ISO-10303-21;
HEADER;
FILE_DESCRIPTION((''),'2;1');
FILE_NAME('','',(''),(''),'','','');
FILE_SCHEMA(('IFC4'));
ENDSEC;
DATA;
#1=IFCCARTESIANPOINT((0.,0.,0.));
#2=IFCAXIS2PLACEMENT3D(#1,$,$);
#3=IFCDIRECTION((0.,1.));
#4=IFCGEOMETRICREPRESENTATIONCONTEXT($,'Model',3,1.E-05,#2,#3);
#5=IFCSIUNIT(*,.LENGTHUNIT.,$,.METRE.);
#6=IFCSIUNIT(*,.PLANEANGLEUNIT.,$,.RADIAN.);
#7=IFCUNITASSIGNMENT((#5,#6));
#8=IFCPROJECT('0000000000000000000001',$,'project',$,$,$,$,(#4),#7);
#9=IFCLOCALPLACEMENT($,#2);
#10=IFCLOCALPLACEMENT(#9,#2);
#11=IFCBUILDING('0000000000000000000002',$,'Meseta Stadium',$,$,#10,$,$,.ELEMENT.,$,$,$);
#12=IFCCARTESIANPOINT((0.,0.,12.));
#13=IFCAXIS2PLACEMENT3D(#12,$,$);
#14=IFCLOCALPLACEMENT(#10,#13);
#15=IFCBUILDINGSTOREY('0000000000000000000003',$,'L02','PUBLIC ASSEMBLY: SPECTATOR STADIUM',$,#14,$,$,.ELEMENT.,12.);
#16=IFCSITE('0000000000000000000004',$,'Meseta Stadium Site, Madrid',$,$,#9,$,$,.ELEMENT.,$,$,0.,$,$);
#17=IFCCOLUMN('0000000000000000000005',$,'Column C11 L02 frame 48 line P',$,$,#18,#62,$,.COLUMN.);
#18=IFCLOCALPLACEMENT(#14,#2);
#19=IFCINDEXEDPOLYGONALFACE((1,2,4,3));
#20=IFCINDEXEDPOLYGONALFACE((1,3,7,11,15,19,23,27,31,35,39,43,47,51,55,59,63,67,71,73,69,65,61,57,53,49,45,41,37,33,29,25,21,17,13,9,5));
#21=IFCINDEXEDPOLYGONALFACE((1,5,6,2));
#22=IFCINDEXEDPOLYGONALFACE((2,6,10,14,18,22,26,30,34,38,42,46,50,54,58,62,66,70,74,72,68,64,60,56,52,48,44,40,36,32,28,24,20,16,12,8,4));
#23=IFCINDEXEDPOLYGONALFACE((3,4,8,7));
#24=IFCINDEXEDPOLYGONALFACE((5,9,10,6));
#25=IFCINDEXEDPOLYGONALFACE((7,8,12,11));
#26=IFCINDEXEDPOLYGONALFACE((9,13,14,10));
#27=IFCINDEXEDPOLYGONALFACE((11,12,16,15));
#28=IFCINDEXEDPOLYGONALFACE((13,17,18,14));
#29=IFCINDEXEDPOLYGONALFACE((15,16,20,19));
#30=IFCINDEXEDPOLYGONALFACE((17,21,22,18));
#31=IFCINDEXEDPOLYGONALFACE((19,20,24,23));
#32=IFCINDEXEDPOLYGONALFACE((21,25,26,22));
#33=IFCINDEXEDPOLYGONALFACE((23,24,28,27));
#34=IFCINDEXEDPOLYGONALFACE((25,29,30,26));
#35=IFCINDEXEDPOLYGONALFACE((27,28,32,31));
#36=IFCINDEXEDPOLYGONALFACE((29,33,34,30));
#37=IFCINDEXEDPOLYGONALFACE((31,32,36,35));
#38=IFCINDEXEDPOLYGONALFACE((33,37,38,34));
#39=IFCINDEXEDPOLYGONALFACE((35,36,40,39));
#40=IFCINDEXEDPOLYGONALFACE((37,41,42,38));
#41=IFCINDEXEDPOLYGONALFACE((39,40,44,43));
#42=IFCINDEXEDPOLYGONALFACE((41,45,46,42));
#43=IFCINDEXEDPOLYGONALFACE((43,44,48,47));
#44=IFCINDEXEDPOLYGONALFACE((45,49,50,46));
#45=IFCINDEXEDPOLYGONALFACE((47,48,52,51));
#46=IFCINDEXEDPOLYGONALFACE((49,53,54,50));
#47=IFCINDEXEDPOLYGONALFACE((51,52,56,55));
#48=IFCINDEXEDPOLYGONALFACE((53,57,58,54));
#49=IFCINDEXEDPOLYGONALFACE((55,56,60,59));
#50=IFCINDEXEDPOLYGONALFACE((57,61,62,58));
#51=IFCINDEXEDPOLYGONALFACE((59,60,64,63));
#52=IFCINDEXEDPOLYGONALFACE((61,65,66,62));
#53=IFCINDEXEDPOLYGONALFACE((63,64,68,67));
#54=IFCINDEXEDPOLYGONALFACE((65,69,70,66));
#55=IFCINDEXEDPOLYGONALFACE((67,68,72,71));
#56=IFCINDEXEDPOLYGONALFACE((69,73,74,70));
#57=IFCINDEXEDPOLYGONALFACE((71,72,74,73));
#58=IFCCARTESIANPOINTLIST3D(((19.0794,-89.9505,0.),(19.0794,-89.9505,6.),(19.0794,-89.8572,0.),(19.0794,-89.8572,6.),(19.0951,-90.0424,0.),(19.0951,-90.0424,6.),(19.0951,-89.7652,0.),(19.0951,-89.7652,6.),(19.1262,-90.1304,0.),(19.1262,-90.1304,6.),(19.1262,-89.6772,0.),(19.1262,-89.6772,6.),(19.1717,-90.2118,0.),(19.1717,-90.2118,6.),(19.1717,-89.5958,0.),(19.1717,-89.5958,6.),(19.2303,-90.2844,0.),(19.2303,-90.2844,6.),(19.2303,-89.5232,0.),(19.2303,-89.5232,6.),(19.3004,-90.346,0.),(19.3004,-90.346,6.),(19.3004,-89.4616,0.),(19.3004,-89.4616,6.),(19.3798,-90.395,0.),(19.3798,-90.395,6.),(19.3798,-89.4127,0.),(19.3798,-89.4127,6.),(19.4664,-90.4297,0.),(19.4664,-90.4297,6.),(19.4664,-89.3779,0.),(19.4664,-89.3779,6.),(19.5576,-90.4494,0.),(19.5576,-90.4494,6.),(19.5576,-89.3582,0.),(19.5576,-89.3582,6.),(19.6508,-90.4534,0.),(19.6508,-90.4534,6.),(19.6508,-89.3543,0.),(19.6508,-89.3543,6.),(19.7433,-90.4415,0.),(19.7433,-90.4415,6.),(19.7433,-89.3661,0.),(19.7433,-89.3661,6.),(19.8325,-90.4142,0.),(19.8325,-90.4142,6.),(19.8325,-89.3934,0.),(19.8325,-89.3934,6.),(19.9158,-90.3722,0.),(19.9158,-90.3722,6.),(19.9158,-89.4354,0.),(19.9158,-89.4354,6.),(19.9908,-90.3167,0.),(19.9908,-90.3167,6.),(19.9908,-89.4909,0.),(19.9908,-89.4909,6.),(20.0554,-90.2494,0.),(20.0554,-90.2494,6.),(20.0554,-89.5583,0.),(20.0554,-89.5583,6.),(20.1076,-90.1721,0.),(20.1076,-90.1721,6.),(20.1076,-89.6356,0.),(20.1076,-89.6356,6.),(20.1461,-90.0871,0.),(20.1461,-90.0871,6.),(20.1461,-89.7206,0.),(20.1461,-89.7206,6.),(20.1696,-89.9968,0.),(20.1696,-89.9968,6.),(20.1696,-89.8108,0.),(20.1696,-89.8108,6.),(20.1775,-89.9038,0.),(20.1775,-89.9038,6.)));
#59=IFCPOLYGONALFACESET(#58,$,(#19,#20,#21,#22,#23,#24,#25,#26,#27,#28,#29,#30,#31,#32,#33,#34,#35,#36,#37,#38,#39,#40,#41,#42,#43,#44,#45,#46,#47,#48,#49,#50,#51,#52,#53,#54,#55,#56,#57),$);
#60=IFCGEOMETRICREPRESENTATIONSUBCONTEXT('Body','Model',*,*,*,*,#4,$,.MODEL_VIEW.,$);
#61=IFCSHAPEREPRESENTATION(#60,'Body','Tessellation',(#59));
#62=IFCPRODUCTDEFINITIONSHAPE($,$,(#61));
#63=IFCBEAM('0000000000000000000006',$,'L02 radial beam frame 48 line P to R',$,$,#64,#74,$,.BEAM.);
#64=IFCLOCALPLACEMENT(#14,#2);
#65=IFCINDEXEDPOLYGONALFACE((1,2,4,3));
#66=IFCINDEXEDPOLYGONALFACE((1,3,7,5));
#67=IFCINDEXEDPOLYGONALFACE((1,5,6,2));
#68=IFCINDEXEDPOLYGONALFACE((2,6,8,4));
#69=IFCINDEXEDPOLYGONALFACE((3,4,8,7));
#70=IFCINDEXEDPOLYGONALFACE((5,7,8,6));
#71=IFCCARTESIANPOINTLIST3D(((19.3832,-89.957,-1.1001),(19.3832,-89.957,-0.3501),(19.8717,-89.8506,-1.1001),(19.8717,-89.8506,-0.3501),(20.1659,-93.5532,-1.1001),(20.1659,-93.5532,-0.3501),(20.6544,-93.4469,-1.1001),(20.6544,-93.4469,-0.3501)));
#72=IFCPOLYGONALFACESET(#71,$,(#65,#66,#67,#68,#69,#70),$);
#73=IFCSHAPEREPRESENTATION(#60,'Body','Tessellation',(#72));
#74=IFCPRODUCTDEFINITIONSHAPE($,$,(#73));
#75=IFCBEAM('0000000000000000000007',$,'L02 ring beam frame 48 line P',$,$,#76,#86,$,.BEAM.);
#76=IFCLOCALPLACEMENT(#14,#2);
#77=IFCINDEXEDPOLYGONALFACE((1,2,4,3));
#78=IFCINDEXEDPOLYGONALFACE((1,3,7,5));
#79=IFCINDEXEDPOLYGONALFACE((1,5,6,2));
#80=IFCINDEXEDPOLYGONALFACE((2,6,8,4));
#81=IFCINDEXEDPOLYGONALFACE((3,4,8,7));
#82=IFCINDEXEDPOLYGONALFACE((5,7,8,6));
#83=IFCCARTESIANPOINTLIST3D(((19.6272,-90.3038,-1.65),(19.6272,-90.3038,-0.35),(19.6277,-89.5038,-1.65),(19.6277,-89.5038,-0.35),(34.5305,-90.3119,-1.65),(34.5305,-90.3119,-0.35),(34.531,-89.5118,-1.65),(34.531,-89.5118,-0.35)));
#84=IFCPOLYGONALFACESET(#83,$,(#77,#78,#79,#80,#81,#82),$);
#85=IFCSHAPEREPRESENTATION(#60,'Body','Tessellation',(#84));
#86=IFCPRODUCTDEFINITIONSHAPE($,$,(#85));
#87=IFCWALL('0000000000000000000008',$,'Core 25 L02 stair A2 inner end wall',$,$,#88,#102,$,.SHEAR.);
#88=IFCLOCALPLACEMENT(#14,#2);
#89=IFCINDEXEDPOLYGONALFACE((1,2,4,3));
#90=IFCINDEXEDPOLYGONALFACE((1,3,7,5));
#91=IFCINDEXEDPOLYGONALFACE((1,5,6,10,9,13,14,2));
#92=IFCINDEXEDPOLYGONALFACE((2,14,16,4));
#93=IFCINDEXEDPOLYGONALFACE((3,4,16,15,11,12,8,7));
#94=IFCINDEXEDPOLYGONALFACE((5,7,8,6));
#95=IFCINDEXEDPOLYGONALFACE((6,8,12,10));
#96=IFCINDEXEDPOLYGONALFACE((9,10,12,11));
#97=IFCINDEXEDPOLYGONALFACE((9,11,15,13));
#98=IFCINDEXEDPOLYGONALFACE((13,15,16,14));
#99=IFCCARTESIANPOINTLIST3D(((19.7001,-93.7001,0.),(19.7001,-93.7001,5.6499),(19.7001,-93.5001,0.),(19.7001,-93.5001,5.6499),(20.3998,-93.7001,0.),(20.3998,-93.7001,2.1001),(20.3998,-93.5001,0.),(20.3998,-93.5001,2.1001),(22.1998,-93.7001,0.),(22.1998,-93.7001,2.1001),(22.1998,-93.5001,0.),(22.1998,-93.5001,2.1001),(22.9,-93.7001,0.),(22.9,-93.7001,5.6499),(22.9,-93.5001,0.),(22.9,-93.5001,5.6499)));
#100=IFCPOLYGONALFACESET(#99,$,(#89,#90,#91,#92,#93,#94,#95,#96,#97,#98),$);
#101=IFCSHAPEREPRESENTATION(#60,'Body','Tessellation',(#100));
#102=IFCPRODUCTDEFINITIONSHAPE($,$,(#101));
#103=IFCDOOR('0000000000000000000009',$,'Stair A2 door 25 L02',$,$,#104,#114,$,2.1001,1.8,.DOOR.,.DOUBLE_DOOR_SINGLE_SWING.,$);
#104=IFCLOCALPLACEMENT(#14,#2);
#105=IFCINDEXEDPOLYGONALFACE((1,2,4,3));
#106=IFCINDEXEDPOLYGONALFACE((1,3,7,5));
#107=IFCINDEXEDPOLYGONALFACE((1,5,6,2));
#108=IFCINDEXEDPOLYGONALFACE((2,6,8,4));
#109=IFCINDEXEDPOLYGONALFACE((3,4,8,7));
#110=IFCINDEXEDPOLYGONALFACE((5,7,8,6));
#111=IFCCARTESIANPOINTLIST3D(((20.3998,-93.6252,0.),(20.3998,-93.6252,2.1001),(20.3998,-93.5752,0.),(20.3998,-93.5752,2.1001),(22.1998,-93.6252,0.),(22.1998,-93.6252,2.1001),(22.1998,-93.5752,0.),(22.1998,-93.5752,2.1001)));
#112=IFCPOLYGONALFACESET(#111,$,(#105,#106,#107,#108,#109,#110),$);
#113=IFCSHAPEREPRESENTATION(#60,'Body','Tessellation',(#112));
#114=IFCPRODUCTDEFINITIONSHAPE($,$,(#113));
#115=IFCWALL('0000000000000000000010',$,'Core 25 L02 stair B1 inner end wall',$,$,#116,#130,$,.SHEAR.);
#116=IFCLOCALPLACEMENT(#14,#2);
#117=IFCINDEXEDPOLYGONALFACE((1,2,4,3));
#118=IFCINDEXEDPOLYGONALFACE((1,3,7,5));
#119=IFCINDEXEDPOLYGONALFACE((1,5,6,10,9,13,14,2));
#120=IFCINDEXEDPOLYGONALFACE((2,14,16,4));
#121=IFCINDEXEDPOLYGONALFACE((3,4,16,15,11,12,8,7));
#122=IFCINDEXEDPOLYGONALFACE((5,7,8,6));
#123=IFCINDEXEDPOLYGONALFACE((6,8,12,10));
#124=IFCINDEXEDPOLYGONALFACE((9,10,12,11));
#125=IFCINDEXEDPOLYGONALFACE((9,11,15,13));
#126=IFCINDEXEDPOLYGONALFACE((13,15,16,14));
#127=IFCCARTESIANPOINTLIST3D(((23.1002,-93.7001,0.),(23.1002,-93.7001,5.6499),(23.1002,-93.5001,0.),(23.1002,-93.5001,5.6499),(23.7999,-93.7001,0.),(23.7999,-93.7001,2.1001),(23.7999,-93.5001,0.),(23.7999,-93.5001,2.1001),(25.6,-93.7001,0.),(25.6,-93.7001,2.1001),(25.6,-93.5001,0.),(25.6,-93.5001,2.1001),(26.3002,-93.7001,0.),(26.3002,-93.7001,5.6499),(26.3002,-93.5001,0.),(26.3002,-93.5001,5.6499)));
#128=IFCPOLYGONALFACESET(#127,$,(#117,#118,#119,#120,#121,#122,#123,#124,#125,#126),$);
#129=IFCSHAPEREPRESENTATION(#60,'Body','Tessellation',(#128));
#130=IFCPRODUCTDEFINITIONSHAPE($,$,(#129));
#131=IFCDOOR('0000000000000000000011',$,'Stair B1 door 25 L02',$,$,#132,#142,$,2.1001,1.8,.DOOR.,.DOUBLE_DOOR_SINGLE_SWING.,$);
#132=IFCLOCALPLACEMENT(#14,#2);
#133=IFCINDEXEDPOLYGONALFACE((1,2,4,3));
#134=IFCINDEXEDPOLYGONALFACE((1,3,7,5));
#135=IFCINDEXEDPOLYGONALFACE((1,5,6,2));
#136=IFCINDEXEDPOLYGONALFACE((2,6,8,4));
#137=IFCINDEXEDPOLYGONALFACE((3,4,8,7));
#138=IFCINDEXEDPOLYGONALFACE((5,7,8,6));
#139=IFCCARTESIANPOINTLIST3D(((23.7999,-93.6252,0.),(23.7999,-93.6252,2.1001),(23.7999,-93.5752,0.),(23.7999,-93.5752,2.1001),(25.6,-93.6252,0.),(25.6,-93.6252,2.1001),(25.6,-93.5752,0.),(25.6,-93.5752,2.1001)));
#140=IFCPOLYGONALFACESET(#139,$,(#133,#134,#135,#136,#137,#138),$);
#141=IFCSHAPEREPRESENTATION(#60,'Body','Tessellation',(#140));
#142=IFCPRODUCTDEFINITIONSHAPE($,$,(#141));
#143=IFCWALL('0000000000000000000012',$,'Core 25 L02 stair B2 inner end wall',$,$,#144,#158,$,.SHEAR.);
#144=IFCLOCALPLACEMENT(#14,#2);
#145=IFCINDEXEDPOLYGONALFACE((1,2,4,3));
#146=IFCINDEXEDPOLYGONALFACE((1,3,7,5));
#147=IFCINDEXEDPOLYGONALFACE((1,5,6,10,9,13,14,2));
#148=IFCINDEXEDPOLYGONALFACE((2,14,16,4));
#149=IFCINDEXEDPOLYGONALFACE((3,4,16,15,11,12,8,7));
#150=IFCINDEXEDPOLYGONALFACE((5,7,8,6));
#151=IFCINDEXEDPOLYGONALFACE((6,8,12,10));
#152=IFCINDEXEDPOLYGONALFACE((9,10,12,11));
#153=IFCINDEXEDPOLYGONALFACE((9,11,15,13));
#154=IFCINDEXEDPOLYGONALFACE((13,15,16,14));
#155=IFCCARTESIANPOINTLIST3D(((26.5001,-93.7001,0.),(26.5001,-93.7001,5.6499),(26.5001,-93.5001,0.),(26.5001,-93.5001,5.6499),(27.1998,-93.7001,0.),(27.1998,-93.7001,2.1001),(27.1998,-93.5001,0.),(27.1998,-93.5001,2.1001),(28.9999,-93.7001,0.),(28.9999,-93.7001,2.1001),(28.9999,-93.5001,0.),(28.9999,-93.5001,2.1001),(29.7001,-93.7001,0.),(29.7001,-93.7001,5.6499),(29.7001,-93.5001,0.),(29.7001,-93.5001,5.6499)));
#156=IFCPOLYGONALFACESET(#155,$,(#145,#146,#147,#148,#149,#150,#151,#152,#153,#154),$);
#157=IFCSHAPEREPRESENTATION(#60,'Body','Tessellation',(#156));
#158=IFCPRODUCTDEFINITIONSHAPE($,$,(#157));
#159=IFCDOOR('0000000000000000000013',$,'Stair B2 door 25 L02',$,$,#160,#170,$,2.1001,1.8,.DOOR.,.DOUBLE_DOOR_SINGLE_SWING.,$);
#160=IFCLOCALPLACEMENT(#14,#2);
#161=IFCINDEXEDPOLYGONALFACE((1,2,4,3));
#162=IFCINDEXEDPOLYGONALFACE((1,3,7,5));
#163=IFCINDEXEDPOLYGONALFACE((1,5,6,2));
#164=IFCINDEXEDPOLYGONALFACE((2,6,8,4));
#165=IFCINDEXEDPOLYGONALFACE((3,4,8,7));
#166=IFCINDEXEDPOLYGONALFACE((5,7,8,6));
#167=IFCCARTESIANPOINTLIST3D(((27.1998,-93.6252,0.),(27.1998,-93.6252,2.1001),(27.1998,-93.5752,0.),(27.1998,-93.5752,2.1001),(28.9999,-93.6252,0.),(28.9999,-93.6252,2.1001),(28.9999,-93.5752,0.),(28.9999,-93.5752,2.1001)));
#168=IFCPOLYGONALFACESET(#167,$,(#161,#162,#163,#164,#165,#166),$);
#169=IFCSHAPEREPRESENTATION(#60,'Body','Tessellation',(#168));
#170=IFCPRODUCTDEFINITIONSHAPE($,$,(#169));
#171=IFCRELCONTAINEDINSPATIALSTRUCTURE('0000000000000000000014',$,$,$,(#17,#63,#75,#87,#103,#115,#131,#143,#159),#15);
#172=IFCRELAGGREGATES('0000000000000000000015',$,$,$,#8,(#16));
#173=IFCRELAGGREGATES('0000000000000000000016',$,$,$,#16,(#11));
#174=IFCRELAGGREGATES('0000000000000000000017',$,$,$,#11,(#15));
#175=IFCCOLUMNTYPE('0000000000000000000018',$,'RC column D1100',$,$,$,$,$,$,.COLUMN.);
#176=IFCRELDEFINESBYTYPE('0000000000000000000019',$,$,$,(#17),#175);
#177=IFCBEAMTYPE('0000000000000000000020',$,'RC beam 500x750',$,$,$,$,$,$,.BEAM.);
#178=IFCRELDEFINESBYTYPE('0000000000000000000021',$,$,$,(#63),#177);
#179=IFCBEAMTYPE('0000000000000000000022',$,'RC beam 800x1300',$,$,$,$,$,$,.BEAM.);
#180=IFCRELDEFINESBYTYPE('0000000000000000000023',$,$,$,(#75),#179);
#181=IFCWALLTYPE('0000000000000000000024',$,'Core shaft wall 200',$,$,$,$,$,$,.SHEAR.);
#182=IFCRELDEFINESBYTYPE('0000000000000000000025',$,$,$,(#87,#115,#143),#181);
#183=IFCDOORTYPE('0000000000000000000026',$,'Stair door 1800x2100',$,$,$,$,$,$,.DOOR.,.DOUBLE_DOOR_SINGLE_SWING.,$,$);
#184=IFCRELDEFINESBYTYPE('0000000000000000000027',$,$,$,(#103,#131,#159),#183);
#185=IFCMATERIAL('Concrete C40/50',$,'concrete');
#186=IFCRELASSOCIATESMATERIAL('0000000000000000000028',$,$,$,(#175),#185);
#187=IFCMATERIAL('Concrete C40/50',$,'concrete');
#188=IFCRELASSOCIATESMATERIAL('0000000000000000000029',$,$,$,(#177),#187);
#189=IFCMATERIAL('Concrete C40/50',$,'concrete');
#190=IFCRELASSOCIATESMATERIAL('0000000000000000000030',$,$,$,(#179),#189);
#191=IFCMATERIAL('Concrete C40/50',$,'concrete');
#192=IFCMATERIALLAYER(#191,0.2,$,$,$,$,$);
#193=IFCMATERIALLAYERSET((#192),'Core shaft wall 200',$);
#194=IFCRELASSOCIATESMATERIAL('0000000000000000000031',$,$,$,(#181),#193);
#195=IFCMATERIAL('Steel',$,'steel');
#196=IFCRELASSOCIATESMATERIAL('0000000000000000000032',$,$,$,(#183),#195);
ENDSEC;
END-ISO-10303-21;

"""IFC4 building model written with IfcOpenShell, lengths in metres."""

from ifc_helpers import new_model, si_unit, direction, frame, frame_2d, origin, origin_2d, place, context, subcontext, project, spatial, rectangle, circle, extrude, material, layer, layer_set, material_profile, profile_set, type_object, element, fill, save


model = new_model("IFC4")

# Units and contexts
model_context = context("Model", 3, precision=1e-05, world=origin(), true_north=direction((0.0, 1.0)))
body_context = subcontext(model_context, "Body", "Model", "MODEL_VIEW")
ifc_project = project(units=[si_unit("LENGTHUNIT", "METRE"), si_unit("PLANEANGLEUNIT", "RADIAN")], contexts=[model_context])

# Site, building, storey
site_placement = place(None, origin())
site = spatial("IfcSite", under=ifc_project, at=site_placement, Name="Meseta Stadium Site, Madrid", CompositionType="ELEMENT", RefElevation=0.0)
building_placement = place(site_placement, origin())
building = spatial("IfcBuilding", under=site, at=building_placement, Name="Meseta Stadium", CompositionType="ELEMENT")
storey_placement = place(building_placement, frame((0.0, 0.0, 12.0)))
storey = spatial("IfcBuildingStorey", under=building, at=storey_placement, Name="L02", Description="PUBLIC ASSEMBLY: SPECTATOR STADIUM", CompositionType="ELEMENT", Elevation=12.0)

# Column
ifc_material_1 = material(Name="Concrete C40/50", Category="concrete")
ifc_material_profile_1 = material_profile(ifc_material_1, circle(Radius=0.55, at=origin_2d()), Name="RC D1100")
ifc_profile_set_1 = profile_set([ifc_material_profile_1], Name="Concrete C40/50")
column_type = type_object("IfcColumnType", Name="RC column D1100", PredefinedType="COLUMN", material=ifc_profile_set_1)
column_placement = place(storey_placement, frame((19.6274, -89.9038, 0.0), z_axis=(0.0, 0.0, 1.0), x_axis=(1.0, 0.0, 0.0)))
element("IfcColumn", 1, at=column_placement, inside=storey, type_object=column_type, Name="Column C11 L02 frame 48 line P", PredefinedType="COLUMN", context=body_context, shape_type="SweptSolid", body=[
    extrude(circle(Radius=0.55, at=origin_2d()), origin(), (0.0, 0.0, 1.0), 6.0),
])

# Beams
ifc_material_2 = material(Name="Concrete C40/50", Category="concrete")
ifc_material_profile_2 = material_profile(ifc_material_2, rectangle(XDim=0.5, YDim=0.75, at=origin_2d()), Name="RC 500x750")
ifc_profile_set_2 = profile_set([ifc_material_profile_2], Name="Concrete C40/50")
beam_type_1 = type_object("IfcBeamType", Name="RC beam 500x750", PredefinedType="BEAM", material=ifc_profile_set_2)
beam_1_placement = place(storey_placement, frame((19.6274, -89.9038, -0.7251), z_axis=(0.212672, -0.977124, 0.0), x_axis=(0.977124, 0.212672, 0.0)))
element("IfcBeam", 2, at=beam_1_placement, inside=storey, type_object=beam_type_1, Name="L02 radial beam frame 48 line P to R", PredefinedType="BEAM", context=body_context, shape_type="SweptSolid", body=[
    extrude(rectangle(XDim=0.5, YDim=0.75, at=origin_2d()), origin(), (0.0, 0.0, 1.0), 3.6804),
])
ifc_material_3 = material(Name="Concrete C40/50", Category="concrete")
ifc_material_profile_3 = material_profile(ifc_material_3, rectangle(XDim=0.8, YDim=1.3, at=origin_2d()), Name="RC 800x1300")
ifc_profile_set_3 = profile_set([ifc_material_profile_3], Name="Concrete C40/50")
beam_type_2 = type_object("IfcBeamType", Name="RC beam 800x1300", PredefinedType="BEAM", material=ifc_profile_set_3)
beam_2_placement = place(storey_placement, frame((19.6274, -89.9038, -1.0), z_axis=(1.0, -0.000541, 0.0), x_axis=(0.000541, 1.0, 0.0)))
element("IfcBeam", 3, at=beam_2_placement, inside=storey, type_object=beam_type_2, Name="L02 ring beam frame 48 line P", PredefinedType="BEAM", context=body_context, shape_type="SweptSolid", body=[
    extrude(rectangle(XDim=0.8, YDim=1.3, at=origin_2d()), origin(), (0.0, 0.0, 1.0), 14.9033),
])

# Walls, openings, doors
ifc_material_4 = material(Name="Concrete C40/50", Category="concrete")
ifc_layer_1 = layer(ifc_material_4, 0.2)
ifc_layer_set_1 = layer_set([ifc_layer_1], Name="Core shaft wall 200")
wall_type_1 = type_object("IfcWallType", Name="Core shaft wall 200", PredefinedType="SHEAR", material=ifc_layer_set_1)
wall_1_placement = place(storey_placement, frame((19.7, -93.6001, 0.0), z_axis=(0.0, 0.0, 1.0), x_axis=(1.0, 0.0, 0.0)))
wall_1 = element("IfcWall", 4, at=wall_1_placement, inside=storey, type_object=wall_type_1, Name="Core 25 L02 stair A2 inner end wall", PredefinedType="SHEAR", context=body_context, shape_type="SweptSolid", body=[
    extrude(rectangle(XDim=3.2, YDim=0.2, at=frame_2d((1.6001, 0.0))), origin(), (0.0, 0.0, 1.0), 5.6499),
])
opening_1_placement = place(wall_1_placement, frame((0.7, 0.0, 0.0)))
opening_1 = element("IfcOpeningElement", 5, at=opening_1_placement, cuts=wall_1, PredefinedType="OPENING", context=body_context, shape_type="SweptSolid", body=[
    extrude(rectangle(XDim=1.8, YDim=2.1001, at=frame_2d((0.8999, 1.05))), frame((0.0, 0.1099, 0.0), z_axis=(0.0, -1.0, 0.0), x_axis=(1.0, 0.0, 0.0)), (0.0, 0.0, 1.0), 0.22),
])
ifc_material_5 = material(Name="Steel", Category="steel")
door_type_1 = type_object("IfcDoorType", Name="Stair door 1800x2100", OperationType="DOUBLE_DOOR_SINGLE_SWING", PredefinedType="DOOR", material=ifc_material_5)
door_1_placement = place(opening_1_placement, origin())
door_1 = element("IfcDoor", 6, at=door_1_placement, inside=storey, type_object=door_type_1, Name="Stair A2 door 25 L02", OperationType="DOUBLE_DOOR_SINGLE_SWING", OverallHeight=2.1001, OverallWidth=1.8, PredefinedType="DOOR", context=body_context, shape_type="SweptSolid", body=[
    extrude(rectangle(XDim=1.8, YDim=2.1001, at=frame_2d((0.8999, 1.05))), frame((0.0, 0.0249, 0.0), z_axis=(0.0, -1.0, 0.0), x_axis=(1.0, 0.0, 0.0)), (0.0, 0.0, 1.0), 0.05),
])
fill(opening_1, door_1)
wall_2_placement = place(storey_placement, frame((23.1001, -93.6001, 0.0), z_axis=(0.0, 0.0, 1.0), x_axis=(1.0, 0.0, 0.0)))
wall_2 = element("IfcWall", 7, at=wall_2_placement, inside=storey, type_object=wall_type_1, Name="Core 25 L02 stair B1 inner end wall", PredefinedType="SHEAR", context=body_context, shape_type="SweptSolid", body=[
    extrude(rectangle(XDim=3.2, YDim=0.2, at=frame_2d((1.6001, 0.0))), origin(), (0.0, 0.0, 1.0), 5.6499),
])
opening_2_placement = place(wall_2_placement, frame((0.7, 0.0, 0.0)))
opening_2 = element("IfcOpeningElement", 8, at=opening_2_placement, cuts=wall_2, PredefinedType="OPENING", context=body_context, shape_type="SweptSolid", body=[
    extrude(rectangle(XDim=1.8, YDim=2.1001, at=frame_2d((0.8999, 1.05))), frame((0.0, 0.1099, 0.0), z_axis=(0.0, -1.0, 0.0), x_axis=(1.0, 0.0, 0.0)), (0.0, 0.0, 1.0), 0.22),
])
door_2_placement = place(opening_2_placement, origin())
door_2 = element("IfcDoor", 9, at=door_2_placement, inside=storey, type_object=door_type_1, Name="Stair B1 door 25 L02", OperationType="DOUBLE_DOOR_SINGLE_SWING", OverallHeight=2.1001, OverallWidth=1.8, PredefinedType="DOOR", context=body_context, shape_type="SweptSolid", body=[
    extrude(rectangle(XDim=1.8, YDim=2.1001, at=frame_2d((0.8999, 1.05))), frame((0.0, 0.0249, 0.0), z_axis=(0.0, -1.0, 0.0), x_axis=(1.0, 0.0, 0.0)), (0.0, 0.0, 1.0), 0.05),
])
fill(opening_2, door_2)
wall_3_placement = place(storey_placement, frame((26.5, -93.6001, 0.0), z_axis=(0.0, 0.0, 1.0), x_axis=(1.0, 0.0, 0.0)))
wall_3 = element("IfcWall", 10, at=wall_3_placement, inside=storey, type_object=wall_type_1, Name="Core 25 L02 stair B2 inner end wall", PredefinedType="SHEAR", context=body_context, shape_type="SweptSolid", body=[
    extrude(rectangle(XDim=3.2, YDim=0.2, at=frame_2d((1.6001, 0.0))), origin(), (0.0, 0.0, 1.0), 5.6499),
])
opening_3_placement = place(wall_3_placement, frame((0.7, 0.0, 0.0)))
opening_3 = element("IfcOpeningElement", 11, at=opening_3_placement, cuts=wall_3, PredefinedType="OPENING", context=body_context, shape_type="SweptSolid", body=[
    extrude(rectangle(XDim=1.8, YDim=2.1001, at=frame_2d((0.8999, 1.05))), frame((0.0, 0.1099, 0.0), z_axis=(0.0, -1.0, 0.0), x_axis=(1.0, 0.0, 0.0)), (0.0, 0.0, 1.0), 0.22),
])
door_3_placement = place(opening_3_placement, origin())
door_3 = element("IfcDoor", 12, at=door_3_placement, inside=storey, type_object=door_type_1, Name="Stair B2 door 25 L02", OperationType="DOUBLE_DOOR_SINGLE_SWING", OverallHeight=2.1001, OverallWidth=1.8, PredefinedType="DOOR", context=body_context, shape_type="SweptSolid", body=[
    extrude(rectangle(XDim=1.8, YDim=2.1001, at=frame_2d((0.8999, 1.05))), frame((0.0, 0.0249, 0.0), z_axis=(0.0, -1.0, 0.0), x_axis=(1.0, 0.0, 0.0)), (0.0, 0.0, 1.0), 0.05),
])
fill(opening_3, door_3)

save(model, "model.ifc")
